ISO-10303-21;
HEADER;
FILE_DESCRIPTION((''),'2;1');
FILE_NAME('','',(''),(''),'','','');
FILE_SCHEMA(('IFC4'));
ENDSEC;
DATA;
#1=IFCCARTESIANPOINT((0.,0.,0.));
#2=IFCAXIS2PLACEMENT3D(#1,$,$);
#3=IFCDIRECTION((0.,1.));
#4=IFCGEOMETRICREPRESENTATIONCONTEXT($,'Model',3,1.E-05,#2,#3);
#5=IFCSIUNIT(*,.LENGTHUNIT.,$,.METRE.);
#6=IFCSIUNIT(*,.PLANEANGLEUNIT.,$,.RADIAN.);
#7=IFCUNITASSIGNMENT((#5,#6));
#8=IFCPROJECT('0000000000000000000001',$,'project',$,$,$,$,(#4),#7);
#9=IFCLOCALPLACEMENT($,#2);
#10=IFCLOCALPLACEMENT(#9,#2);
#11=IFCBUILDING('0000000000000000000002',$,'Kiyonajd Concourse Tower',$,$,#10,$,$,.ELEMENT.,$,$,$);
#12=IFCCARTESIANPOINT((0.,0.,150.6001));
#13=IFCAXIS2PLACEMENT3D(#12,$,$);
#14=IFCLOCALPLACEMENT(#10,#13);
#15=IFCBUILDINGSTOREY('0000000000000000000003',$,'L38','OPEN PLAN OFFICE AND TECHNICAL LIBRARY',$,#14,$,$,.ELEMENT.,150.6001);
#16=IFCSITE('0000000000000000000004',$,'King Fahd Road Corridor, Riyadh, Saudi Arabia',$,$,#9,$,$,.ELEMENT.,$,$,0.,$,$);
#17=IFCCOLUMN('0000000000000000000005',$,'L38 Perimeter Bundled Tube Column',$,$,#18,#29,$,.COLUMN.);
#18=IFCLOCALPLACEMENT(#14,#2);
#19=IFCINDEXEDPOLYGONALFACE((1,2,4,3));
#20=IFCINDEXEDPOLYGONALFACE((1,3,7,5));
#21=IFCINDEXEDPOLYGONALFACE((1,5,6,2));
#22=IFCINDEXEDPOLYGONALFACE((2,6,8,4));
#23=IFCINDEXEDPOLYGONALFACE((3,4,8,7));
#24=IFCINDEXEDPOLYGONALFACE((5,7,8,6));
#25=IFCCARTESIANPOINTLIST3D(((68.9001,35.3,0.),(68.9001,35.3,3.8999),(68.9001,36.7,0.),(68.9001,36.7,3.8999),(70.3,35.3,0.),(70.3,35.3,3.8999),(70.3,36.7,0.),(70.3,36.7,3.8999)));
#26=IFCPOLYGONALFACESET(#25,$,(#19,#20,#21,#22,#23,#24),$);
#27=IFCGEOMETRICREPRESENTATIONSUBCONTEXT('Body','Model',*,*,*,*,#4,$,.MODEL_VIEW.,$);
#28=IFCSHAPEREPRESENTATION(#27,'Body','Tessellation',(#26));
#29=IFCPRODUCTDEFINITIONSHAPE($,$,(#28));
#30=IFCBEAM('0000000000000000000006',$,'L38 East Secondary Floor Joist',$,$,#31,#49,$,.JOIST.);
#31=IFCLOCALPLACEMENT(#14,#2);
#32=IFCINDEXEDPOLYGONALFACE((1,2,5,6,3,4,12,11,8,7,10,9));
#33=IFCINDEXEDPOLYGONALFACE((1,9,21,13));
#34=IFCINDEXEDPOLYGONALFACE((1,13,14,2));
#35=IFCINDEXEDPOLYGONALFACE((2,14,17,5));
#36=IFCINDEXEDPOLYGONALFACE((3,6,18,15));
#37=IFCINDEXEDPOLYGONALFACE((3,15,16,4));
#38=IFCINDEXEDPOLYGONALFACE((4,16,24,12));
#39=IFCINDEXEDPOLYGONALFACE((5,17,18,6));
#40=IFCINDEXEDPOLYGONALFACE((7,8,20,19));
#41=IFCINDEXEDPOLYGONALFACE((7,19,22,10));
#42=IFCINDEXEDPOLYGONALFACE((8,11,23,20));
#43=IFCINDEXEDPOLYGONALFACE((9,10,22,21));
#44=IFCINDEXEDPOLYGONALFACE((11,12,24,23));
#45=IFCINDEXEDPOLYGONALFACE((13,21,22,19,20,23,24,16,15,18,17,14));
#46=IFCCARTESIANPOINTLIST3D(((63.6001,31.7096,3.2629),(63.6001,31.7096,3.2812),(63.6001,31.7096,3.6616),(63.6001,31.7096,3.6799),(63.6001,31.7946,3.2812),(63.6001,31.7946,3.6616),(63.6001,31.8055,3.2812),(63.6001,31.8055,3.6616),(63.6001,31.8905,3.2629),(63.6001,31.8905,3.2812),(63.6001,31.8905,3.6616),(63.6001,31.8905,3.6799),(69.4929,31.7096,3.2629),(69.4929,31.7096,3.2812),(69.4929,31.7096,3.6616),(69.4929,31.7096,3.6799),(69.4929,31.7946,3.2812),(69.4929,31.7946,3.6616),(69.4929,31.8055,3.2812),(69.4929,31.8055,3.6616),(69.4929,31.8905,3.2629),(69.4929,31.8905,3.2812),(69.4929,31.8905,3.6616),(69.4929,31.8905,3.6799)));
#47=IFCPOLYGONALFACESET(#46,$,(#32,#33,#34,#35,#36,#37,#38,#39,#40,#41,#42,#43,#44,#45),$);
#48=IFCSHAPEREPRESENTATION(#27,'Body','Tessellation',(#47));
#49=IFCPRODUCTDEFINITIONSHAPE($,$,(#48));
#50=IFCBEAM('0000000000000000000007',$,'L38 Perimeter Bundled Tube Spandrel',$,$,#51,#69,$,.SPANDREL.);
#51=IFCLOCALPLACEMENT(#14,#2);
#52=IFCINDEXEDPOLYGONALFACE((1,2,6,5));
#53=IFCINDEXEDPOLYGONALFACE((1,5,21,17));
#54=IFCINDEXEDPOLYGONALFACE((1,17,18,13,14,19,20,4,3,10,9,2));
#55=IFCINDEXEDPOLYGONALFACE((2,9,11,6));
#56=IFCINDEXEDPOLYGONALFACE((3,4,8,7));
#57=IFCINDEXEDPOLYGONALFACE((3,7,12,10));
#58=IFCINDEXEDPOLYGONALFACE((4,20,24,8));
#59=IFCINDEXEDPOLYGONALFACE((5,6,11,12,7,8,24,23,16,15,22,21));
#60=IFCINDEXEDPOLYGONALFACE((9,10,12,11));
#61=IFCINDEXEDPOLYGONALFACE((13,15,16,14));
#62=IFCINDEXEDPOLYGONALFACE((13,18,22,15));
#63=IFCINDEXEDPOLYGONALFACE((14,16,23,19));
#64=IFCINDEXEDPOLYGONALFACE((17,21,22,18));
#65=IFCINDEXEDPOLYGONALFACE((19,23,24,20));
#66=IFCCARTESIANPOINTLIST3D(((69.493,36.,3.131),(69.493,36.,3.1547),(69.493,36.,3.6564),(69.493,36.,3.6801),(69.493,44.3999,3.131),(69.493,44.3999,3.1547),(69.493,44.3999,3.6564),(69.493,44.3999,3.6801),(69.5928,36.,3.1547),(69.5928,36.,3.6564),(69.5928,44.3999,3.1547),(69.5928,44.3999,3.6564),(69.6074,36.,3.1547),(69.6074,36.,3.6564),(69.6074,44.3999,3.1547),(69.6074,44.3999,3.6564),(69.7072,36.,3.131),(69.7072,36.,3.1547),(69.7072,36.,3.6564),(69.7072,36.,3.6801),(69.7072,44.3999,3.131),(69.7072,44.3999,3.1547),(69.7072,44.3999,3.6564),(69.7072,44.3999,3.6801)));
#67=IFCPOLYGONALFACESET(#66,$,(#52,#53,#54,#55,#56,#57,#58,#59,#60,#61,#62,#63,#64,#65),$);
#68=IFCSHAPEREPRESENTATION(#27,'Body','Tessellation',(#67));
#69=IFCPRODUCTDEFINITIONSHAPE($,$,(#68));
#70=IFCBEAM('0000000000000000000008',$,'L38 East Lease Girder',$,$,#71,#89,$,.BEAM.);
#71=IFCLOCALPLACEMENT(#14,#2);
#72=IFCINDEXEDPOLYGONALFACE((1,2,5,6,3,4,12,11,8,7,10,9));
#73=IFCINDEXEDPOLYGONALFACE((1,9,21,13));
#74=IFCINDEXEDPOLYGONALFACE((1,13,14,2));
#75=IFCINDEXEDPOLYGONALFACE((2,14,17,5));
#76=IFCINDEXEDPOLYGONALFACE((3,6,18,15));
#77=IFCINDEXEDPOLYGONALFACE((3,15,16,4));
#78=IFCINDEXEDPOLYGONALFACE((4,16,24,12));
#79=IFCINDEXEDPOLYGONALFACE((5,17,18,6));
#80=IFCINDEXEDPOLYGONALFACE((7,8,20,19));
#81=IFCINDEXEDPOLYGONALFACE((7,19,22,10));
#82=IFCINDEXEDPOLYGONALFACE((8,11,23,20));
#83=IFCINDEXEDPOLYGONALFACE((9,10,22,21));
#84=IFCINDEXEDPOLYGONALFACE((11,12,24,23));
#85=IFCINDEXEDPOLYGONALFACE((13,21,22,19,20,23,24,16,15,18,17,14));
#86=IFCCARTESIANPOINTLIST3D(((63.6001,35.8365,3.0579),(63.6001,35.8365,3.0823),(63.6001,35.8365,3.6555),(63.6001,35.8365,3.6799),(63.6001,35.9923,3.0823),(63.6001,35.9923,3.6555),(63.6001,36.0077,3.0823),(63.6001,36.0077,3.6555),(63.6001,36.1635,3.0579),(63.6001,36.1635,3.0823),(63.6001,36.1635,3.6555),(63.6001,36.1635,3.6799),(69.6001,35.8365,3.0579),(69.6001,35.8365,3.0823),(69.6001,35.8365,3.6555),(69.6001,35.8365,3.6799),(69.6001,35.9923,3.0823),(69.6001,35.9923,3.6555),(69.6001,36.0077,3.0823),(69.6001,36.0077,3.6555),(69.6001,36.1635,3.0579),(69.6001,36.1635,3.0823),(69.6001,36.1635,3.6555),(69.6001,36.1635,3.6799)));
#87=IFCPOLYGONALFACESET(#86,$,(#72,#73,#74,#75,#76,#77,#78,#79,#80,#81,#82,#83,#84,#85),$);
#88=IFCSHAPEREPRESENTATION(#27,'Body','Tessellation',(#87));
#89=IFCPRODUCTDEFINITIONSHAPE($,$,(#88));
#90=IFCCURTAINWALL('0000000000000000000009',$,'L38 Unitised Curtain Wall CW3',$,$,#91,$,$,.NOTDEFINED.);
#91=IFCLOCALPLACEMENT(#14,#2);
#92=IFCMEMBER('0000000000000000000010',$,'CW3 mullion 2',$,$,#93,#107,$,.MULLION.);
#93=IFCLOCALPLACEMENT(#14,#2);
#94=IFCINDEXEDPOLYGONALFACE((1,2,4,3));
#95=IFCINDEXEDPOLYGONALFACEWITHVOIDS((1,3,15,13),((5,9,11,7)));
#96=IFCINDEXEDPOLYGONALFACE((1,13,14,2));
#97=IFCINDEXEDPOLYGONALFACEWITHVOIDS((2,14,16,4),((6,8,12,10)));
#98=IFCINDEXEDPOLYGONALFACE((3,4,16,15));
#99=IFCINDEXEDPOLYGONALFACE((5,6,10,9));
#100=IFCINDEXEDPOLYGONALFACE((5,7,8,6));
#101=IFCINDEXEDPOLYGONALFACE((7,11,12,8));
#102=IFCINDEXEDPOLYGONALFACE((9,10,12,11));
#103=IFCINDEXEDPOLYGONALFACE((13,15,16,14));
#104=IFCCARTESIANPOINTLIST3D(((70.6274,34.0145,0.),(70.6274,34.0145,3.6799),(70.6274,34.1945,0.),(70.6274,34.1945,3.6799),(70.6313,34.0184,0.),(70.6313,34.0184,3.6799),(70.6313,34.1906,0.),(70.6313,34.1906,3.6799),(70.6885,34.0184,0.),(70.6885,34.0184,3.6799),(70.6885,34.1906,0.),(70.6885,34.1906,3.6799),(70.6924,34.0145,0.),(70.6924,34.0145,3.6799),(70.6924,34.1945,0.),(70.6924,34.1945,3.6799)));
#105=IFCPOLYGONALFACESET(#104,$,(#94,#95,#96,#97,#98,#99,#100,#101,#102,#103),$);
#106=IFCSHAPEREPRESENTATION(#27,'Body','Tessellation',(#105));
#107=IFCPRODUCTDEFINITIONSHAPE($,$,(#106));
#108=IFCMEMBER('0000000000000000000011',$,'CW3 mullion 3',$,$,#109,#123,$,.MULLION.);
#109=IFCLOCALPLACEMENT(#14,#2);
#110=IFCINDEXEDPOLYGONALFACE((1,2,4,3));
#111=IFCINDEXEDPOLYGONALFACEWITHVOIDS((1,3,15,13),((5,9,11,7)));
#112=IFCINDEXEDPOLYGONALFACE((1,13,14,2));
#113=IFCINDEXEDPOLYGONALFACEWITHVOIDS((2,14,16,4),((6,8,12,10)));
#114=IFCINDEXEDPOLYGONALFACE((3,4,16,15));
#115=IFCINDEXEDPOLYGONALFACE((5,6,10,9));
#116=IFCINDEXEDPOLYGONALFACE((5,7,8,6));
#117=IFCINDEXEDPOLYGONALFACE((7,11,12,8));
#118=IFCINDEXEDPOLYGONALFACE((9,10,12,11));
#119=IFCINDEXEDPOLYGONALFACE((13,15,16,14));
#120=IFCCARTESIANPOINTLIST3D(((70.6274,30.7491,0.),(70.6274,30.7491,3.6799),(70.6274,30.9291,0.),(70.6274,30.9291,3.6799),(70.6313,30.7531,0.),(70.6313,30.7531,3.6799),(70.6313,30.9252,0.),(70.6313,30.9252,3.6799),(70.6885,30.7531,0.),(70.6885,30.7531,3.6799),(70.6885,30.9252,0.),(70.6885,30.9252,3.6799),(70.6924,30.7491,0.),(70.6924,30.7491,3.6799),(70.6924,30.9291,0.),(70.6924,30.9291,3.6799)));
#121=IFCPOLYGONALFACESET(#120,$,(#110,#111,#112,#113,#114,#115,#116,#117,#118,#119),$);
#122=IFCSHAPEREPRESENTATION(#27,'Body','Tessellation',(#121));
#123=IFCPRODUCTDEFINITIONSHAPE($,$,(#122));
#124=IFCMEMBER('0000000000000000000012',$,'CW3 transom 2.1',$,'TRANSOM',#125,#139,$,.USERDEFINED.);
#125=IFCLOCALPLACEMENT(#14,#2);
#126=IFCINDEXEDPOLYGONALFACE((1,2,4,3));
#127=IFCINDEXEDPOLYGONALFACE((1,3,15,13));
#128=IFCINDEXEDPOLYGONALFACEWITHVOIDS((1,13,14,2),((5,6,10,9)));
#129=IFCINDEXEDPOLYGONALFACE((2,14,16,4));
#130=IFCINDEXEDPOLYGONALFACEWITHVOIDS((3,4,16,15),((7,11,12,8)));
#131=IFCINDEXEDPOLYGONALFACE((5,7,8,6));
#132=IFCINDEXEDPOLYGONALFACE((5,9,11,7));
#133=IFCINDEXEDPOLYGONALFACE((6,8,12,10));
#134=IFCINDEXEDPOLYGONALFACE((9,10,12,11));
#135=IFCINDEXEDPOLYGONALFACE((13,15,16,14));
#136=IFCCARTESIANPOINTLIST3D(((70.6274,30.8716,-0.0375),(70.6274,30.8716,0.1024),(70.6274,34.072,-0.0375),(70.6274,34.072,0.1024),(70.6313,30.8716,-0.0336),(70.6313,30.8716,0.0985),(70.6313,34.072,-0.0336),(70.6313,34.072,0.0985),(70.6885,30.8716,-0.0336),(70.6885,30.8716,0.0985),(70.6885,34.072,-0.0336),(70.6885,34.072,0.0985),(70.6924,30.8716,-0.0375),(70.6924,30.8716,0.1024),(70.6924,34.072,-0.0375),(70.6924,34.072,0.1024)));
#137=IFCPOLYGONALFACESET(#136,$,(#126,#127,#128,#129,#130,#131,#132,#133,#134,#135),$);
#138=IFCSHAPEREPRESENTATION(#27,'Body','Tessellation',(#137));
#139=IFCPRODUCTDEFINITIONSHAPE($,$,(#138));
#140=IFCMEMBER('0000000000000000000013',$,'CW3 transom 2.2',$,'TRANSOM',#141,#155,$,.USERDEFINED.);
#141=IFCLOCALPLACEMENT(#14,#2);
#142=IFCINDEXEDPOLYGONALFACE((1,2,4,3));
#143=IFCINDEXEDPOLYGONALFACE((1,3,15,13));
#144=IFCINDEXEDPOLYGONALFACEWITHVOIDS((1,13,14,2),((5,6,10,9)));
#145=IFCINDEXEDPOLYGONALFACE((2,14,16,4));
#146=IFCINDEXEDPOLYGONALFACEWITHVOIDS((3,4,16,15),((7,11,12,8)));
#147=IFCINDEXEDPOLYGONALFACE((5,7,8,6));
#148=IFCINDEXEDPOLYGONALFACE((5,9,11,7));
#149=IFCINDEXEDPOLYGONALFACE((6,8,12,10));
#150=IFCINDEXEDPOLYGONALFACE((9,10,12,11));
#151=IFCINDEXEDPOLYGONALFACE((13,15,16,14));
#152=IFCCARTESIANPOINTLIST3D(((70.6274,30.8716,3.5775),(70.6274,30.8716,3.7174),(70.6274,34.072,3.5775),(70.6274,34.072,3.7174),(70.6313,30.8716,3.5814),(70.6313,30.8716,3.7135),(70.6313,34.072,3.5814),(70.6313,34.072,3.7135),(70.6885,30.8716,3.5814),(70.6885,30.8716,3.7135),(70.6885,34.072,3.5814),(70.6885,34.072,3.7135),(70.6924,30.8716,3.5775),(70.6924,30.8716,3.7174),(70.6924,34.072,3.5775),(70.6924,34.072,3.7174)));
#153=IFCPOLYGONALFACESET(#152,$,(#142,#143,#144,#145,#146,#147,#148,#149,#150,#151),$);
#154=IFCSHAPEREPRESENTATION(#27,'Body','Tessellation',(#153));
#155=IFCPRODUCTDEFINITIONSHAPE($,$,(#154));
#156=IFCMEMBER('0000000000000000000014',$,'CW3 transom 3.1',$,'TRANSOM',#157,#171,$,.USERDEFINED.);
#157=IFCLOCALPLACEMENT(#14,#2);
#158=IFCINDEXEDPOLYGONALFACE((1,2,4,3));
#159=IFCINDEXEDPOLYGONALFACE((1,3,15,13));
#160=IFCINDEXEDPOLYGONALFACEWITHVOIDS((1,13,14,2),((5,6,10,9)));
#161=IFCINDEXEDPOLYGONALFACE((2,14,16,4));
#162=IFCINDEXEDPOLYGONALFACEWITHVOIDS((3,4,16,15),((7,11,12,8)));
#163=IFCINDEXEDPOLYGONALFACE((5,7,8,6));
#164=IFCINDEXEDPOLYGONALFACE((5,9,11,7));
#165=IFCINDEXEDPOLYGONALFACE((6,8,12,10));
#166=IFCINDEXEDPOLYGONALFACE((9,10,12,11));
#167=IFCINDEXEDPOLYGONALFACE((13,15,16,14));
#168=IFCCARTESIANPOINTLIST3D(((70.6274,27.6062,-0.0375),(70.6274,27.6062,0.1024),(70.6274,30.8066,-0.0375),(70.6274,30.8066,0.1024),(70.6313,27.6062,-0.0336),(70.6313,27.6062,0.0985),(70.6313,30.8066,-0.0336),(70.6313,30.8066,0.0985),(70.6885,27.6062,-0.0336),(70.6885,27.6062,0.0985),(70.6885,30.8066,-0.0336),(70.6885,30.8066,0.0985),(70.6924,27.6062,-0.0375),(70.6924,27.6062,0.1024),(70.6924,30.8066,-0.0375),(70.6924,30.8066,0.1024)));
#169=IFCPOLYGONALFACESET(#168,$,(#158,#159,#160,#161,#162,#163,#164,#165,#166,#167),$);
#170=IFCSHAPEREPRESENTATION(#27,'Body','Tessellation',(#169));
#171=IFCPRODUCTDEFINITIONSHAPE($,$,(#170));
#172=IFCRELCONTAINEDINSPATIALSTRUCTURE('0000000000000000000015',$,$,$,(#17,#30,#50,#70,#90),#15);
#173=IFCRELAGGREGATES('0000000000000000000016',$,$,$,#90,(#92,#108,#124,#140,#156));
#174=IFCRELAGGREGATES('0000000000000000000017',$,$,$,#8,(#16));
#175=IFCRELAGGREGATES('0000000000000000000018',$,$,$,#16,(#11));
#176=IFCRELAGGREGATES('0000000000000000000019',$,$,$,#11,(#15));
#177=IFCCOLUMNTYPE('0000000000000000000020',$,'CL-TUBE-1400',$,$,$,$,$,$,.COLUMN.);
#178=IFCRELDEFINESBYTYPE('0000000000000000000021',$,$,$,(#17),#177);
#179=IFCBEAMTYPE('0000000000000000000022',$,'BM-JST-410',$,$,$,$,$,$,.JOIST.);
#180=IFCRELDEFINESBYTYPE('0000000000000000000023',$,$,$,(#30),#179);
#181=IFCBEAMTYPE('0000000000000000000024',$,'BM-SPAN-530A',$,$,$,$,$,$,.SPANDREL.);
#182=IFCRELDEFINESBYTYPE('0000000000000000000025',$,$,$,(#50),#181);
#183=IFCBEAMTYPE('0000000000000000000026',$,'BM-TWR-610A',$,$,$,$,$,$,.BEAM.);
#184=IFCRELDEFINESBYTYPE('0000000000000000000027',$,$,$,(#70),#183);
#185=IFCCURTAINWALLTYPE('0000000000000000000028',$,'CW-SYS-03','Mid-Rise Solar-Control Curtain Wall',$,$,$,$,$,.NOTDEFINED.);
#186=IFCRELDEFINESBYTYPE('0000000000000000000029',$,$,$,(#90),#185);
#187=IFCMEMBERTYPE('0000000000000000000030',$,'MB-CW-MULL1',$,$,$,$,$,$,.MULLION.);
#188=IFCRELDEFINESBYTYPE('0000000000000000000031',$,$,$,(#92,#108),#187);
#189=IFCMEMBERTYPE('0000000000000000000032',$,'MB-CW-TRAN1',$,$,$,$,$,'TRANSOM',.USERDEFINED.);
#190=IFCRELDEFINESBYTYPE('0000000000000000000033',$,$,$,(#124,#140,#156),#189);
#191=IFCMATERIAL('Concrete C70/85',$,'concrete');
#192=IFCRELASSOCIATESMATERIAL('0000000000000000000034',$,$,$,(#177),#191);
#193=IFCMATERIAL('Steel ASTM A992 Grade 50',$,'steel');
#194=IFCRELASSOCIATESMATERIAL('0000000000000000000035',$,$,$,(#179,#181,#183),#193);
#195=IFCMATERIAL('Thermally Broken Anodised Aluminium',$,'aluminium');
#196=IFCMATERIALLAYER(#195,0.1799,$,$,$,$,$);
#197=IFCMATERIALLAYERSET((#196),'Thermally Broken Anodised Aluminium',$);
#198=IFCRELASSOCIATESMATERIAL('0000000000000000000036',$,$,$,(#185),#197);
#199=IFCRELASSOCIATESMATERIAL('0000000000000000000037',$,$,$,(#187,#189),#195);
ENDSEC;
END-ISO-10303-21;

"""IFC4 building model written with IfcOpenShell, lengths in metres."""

from ifc_helpers import new_model, si_unit, direction, frame, origin, origin_2d, place, context, subcontext, project, spatial, rectangle, hollow_rectangle, i_section, extrude, material, layer, layer_set, material_profile, profile_set, type_object, element, aggregate, save


model = new_model("IFC4")

# Units and contexts
model_context = context("Model", 3, precision=1e-05, world=origin(), true_north=direction((0.0, 1.0)))
body_context = subcontext(model_context, "Body", "Model", "MODEL_VIEW")
ifc_project = project(units=[si_unit("LENGTHUNIT", "METRE"), si_unit("PLANEANGLEUNIT", "RADIAN")], contexts=[model_context])

# Site, building, storey
site_placement = place(None, origin())
site = spatial("IfcSite", under=ifc_project, at=site_placement, Name="King Fahd Road Corridor, Riyadh, Saudi Arabia", CompositionType="ELEMENT", RefElevation=0.0)
building_placement = place(site_placement, origin())
building = spatial("IfcBuilding", under=site, at=building_placement, Name="Kiyonajd Concourse Tower", CompositionType="ELEMENT")
storey_placement = place(building_placement, frame((0.0, 0.0, 150.6001)))
storey = spatial("IfcBuildingStorey", under=building, at=storey_placement, Name="L38", Description="OPEN PLAN OFFICE AND TECHNICAL LIBRARY", CompositionType="ELEMENT", Elevation=150.6001)

# Column
ifc_material_1 = material(Name="Concrete C70/85", Category="concrete")
ifc_material_profile_1 = material_profile(ifc_material_1, rectangle(XDim=1.3999, YDim=1.3999, at=origin_2d()), Name="RC-1400x1400")
ifc_profile_set_1 = profile_set([ifc_material_profile_1], Name="Concrete C70/85")
column_type = type_object("IfcColumnType", Name="CL-TUBE-1400", PredefinedType="COLUMN", material=ifc_profile_set_1)
column_placement = place(storey_placement, frame((69.6001, 36.0, 0.0), z_axis=(0.0, 0.0, 1.0), x_axis=(1.0, 0.0, 0.0)))
element("IfcColumn", 1, at=column_placement, inside=storey, type_object=column_type, Name="L38 Perimeter Bundled Tube Column", PredefinedType="COLUMN", context=body_context, shape_type="SweptSolid", body=[
    extrude(rectangle(XDim=1.3999, YDim=1.3999, at=origin_2d()), origin(), (0.0, 0.0, 1.0), 3.8999),
])

# Beams
ifc_material_2 = material(Name="Steel ASTM A992 Grade 50", Category="steel")
ifc_material_profile_2 = material_profile(ifc_material_2, i_section(OverallWidth=0.1809, OverallDepth=0.417, WebThickness=0.011, FlangeThickness=0.0183, at=origin_2d()), Name="W410X85")
ifc_profile_set_2 = profile_set([ifc_material_profile_2], Name="Steel ASTM A992 Grade 50")
beam_type_1 = type_object("IfcBeamType", Name="BM-JST-410", PredefinedType="JOIST", material=ifc_profile_set_2)
beam_1_placement = place(storey_placement, frame((63.6001, 31.8, 3.4714), z_axis=(1.0, 0.0, 0.0), x_axis=(0.0, 1.0, 0.0)))
element("IfcBeam", 2, at=beam_1_placement, inside=storey, type_object=beam_type_1, Name="L38 East Secondary Floor Joist", PredefinedType="JOIST", context=body_context, shape_type="SweptSolid", body=[
    extrude(i_section(OverallWidth=0.1809, OverallDepth=0.417, WebThickness=0.011, FlangeThickness=0.0183, at=origin_2d()), origin(), (0.0, 0.0, 1.0), 5.8928),
])
ifc_material_profile_3 = material_profile(ifc_material_2, i_section(OverallWidth=0.2141, OverallDepth=0.5491, WebThickness=0.0146, FlangeThickness=0.0237, at=origin_2d()), Name="W530X138")
ifc_profile_set_3 = profile_set([ifc_material_profile_3], Name="Steel ASTM A992 Grade 50")
beam_type_2 = type_object("IfcBeamType", Name="BM-SPAN-530A", PredefinedType="SPANDREL", material=ifc_profile_set_3)
beam_2_placement = place(storey_placement, frame((69.6001, 36.0, 3.4055), z_axis=(0.0, 1.0, 0.0), x_axis=(-1.0, 0.0, 0.0)))
element("IfcBeam", 3, at=beam_2_placement, inside=storey, type_object=beam_type_2, Name="L38 Perimeter Bundled Tube Spandrel", PredefinedType="SPANDREL", context=body_context, shape_type="SweptSolid", body=[
    extrude(i_section(OverallWidth=0.2141, OverallDepth=0.5491, WebThickness=0.0146, FlangeThickness=0.0237, at=origin_2d()), origin(), (0.0, 0.0, 1.0), 8.3999),
])
ifc_material_profile_4 = material_profile(ifc_material_2, i_section(OverallWidth=0.3269, OverallDepth=0.6221, WebThickness=0.0154, FlangeThickness=0.0244, at=origin_2d()), Name="W610X195")
ifc_profile_set_4 = profile_set([ifc_material_profile_4], Name="Steel ASTM A992 Grade 50")
beam_type_3 = type_object("IfcBeamType", Name="BM-TWR-610A", PredefinedType="BEAM", material=ifc_profile_set_4)
beam_3_placement = place(storey_placement, frame((63.6001, 36.0, 3.3689), z_axis=(1.0, 0.0, 0.0), x_axis=(0.0, 1.0, 0.0)))
element("IfcBeam", 4, at=beam_3_placement, inside=storey, type_object=beam_type_3, Name="L38 East Lease Girder", PredefinedType="BEAM", context=body_context, shape_type="SweptSolid", body=[
    extrude(i_section(OverallWidth=0.3269, OverallDepth=0.6221, WebThickness=0.0154, FlangeThickness=0.0244, at=origin_2d()), origin(), (0.0, 0.0, 1.0), 6.0),
])

# Curtain wall, members
ifc_material_3 = material(Name="Thermally Broken Anodised Aluminium", Category="aluminium")
ifc_layer_1 = layer(ifc_material_3, 0.1799)
ifc_layer_set_1 = layer_set([ifc_layer_1], Name="Thermally Broken Anodised Aluminium")
curtain_wall_type = type_object("IfcCurtainWallType", Name="CW-SYS-03", Description="Mid-Rise Solar-Control Curtain Wall", PredefinedType="NOTDEFINED", material=ifc_layer_set_1)
curtain_wall_placement = place(storey_placement, origin())
curtain_wall = element("IfcCurtainWall", 5, at=curtain_wall_placement, inside=storey, type_object=curtain_wall_type, Name="L38 Unitised Curtain Wall CW3", PredefinedType="NOTDEFINED")
ifc_material_profile_5 = material_profile(ifc_material_3, hollow_rectangle(XDim=0.0649, YDim=0.1799, WallThickness=0.0039, at=origin_2d()), Name="MULL-65x180")
ifc_profile_set_5 = profile_set([ifc_material_profile_5], Name="Thermally Broken Anodised Aluminium")
member_type_1 = type_object("IfcMemberType", Name="MB-CW-MULL1", PredefinedType="MULLION", material=ifc_profile_set_5)
member_1_placement = place(storey_placement, frame((70.6599, 34.1045, 0.0), z_axis=(0.0, 0.0, 1.0), x_axis=(1.0, 0.0, 0.0)))
member_1 = element("IfcMember", 6, at=member_1_placement, type_object=member_type_1, Name="CW3 mullion 2", PredefinedType="MULLION", context=body_context, shape_type="SweptSolid", body=[
    extrude(hollow_rectangle(XDim=0.0649, YDim=0.1799, WallThickness=0.0039, at=origin_2d()), origin(), (0.0, 0.0, 1.0), 3.6799),
])
member_2_placement = place(storey_placement, frame((70.6599, 30.8391, 0.0), z_axis=(0.0, 0.0, 1.0), x_axis=(1.0, 0.0, 0.0)))
member_2 = element("IfcMember", 7, at=member_2_placement, type_object=member_type_1, Name="CW3 mullion 3", PredefinedType="MULLION", context=body_context, shape_type="SweptSolid", body=[
    extrude(hollow_rectangle(XDim=0.0649, YDim=0.1799, WallThickness=0.0039, at=origin_2d()), origin(), (0.0, 0.0, 1.0), 3.6799),
])
ifc_material_profile_6 = material_profile(ifc_material_3, hollow_rectangle(XDim=0.0649, YDim=0.1399, WallThickness=0.0039, at=origin_2d()), Name="TRAN-65x140")
ifc_profile_set_6 = profile_set([ifc_material_profile_6], Name="Thermally Broken Anodised Aluminium")
member_type_2 = type_object("IfcMemberType", Name="MB-CW-TRAN1", ElementType="TRANSOM", PredefinedType="USERDEFINED", material=ifc_profile_set_6)
member_3_placement = place(storey_placement, frame((70.6599, 34.072, 0.0325), z_axis=(0.0, -1.0, 0.0), x_axis=(1.0, 0.0, 0.0)))
member_3 = element("IfcMember", 8, at=member_3_placement, type_object=member_type_2, Name="CW3 transom 2.1", ObjectType="TRANSOM", PredefinedType="USERDEFINED", context=body_context, shape_type="SweptSolid", body=[
    extrude(hollow_rectangle(XDim=0.0649, YDim=0.1399, WallThickness=0.0039, at=origin_2d()), origin(), (0.0, 0.0, 1.0), 3.2004),
])
member_4_placement = place(storey_placement, frame((70.6599, 34.072, 3.6475), z_axis=(0.0, -1.0, 0.0), x_axis=(1.0, 0.0, 0.0)))
member_4 = element("IfcMember", 9, at=member_4_placement, type_object=member_type_2, Name="CW3 transom 2.2", ObjectType="TRANSOM", PredefinedType="USERDEFINED", context=body_context, shape_type="SweptSolid", body=[
    extrude(hollow_rectangle(XDim=0.0649, YDim=0.1399, WallThickness=0.0039, at=origin_2d()), origin(), (0.0, 0.0, 1.0), 3.2004),
])
member_5_placement = place(storey_placement, frame((70.6599, 30.8066, 0.0325), z_axis=(0.0, -1.0, 0.0), x_axis=(1.0, 0.0, 0.0)))
member_5 = element("IfcMember", 10, at=member_5_placement, type_object=member_type_2, Name="CW3 transom 3.1", ObjectType="TRANSOM", PredefinedType="USERDEFINED", context=body_context, shape_type="SweptSolid", body=[
    extrude(hollow_rectangle(XDim=0.0649, YDim=0.1399, WallThickness=0.0039, at=origin_2d()), origin(), (0.0, 0.0, 1.0), 3.2004),
])
aggregate(curtain_wall, [member_1, member_2, member_3, member_4, member_5])

save(model, "model.ifc")
